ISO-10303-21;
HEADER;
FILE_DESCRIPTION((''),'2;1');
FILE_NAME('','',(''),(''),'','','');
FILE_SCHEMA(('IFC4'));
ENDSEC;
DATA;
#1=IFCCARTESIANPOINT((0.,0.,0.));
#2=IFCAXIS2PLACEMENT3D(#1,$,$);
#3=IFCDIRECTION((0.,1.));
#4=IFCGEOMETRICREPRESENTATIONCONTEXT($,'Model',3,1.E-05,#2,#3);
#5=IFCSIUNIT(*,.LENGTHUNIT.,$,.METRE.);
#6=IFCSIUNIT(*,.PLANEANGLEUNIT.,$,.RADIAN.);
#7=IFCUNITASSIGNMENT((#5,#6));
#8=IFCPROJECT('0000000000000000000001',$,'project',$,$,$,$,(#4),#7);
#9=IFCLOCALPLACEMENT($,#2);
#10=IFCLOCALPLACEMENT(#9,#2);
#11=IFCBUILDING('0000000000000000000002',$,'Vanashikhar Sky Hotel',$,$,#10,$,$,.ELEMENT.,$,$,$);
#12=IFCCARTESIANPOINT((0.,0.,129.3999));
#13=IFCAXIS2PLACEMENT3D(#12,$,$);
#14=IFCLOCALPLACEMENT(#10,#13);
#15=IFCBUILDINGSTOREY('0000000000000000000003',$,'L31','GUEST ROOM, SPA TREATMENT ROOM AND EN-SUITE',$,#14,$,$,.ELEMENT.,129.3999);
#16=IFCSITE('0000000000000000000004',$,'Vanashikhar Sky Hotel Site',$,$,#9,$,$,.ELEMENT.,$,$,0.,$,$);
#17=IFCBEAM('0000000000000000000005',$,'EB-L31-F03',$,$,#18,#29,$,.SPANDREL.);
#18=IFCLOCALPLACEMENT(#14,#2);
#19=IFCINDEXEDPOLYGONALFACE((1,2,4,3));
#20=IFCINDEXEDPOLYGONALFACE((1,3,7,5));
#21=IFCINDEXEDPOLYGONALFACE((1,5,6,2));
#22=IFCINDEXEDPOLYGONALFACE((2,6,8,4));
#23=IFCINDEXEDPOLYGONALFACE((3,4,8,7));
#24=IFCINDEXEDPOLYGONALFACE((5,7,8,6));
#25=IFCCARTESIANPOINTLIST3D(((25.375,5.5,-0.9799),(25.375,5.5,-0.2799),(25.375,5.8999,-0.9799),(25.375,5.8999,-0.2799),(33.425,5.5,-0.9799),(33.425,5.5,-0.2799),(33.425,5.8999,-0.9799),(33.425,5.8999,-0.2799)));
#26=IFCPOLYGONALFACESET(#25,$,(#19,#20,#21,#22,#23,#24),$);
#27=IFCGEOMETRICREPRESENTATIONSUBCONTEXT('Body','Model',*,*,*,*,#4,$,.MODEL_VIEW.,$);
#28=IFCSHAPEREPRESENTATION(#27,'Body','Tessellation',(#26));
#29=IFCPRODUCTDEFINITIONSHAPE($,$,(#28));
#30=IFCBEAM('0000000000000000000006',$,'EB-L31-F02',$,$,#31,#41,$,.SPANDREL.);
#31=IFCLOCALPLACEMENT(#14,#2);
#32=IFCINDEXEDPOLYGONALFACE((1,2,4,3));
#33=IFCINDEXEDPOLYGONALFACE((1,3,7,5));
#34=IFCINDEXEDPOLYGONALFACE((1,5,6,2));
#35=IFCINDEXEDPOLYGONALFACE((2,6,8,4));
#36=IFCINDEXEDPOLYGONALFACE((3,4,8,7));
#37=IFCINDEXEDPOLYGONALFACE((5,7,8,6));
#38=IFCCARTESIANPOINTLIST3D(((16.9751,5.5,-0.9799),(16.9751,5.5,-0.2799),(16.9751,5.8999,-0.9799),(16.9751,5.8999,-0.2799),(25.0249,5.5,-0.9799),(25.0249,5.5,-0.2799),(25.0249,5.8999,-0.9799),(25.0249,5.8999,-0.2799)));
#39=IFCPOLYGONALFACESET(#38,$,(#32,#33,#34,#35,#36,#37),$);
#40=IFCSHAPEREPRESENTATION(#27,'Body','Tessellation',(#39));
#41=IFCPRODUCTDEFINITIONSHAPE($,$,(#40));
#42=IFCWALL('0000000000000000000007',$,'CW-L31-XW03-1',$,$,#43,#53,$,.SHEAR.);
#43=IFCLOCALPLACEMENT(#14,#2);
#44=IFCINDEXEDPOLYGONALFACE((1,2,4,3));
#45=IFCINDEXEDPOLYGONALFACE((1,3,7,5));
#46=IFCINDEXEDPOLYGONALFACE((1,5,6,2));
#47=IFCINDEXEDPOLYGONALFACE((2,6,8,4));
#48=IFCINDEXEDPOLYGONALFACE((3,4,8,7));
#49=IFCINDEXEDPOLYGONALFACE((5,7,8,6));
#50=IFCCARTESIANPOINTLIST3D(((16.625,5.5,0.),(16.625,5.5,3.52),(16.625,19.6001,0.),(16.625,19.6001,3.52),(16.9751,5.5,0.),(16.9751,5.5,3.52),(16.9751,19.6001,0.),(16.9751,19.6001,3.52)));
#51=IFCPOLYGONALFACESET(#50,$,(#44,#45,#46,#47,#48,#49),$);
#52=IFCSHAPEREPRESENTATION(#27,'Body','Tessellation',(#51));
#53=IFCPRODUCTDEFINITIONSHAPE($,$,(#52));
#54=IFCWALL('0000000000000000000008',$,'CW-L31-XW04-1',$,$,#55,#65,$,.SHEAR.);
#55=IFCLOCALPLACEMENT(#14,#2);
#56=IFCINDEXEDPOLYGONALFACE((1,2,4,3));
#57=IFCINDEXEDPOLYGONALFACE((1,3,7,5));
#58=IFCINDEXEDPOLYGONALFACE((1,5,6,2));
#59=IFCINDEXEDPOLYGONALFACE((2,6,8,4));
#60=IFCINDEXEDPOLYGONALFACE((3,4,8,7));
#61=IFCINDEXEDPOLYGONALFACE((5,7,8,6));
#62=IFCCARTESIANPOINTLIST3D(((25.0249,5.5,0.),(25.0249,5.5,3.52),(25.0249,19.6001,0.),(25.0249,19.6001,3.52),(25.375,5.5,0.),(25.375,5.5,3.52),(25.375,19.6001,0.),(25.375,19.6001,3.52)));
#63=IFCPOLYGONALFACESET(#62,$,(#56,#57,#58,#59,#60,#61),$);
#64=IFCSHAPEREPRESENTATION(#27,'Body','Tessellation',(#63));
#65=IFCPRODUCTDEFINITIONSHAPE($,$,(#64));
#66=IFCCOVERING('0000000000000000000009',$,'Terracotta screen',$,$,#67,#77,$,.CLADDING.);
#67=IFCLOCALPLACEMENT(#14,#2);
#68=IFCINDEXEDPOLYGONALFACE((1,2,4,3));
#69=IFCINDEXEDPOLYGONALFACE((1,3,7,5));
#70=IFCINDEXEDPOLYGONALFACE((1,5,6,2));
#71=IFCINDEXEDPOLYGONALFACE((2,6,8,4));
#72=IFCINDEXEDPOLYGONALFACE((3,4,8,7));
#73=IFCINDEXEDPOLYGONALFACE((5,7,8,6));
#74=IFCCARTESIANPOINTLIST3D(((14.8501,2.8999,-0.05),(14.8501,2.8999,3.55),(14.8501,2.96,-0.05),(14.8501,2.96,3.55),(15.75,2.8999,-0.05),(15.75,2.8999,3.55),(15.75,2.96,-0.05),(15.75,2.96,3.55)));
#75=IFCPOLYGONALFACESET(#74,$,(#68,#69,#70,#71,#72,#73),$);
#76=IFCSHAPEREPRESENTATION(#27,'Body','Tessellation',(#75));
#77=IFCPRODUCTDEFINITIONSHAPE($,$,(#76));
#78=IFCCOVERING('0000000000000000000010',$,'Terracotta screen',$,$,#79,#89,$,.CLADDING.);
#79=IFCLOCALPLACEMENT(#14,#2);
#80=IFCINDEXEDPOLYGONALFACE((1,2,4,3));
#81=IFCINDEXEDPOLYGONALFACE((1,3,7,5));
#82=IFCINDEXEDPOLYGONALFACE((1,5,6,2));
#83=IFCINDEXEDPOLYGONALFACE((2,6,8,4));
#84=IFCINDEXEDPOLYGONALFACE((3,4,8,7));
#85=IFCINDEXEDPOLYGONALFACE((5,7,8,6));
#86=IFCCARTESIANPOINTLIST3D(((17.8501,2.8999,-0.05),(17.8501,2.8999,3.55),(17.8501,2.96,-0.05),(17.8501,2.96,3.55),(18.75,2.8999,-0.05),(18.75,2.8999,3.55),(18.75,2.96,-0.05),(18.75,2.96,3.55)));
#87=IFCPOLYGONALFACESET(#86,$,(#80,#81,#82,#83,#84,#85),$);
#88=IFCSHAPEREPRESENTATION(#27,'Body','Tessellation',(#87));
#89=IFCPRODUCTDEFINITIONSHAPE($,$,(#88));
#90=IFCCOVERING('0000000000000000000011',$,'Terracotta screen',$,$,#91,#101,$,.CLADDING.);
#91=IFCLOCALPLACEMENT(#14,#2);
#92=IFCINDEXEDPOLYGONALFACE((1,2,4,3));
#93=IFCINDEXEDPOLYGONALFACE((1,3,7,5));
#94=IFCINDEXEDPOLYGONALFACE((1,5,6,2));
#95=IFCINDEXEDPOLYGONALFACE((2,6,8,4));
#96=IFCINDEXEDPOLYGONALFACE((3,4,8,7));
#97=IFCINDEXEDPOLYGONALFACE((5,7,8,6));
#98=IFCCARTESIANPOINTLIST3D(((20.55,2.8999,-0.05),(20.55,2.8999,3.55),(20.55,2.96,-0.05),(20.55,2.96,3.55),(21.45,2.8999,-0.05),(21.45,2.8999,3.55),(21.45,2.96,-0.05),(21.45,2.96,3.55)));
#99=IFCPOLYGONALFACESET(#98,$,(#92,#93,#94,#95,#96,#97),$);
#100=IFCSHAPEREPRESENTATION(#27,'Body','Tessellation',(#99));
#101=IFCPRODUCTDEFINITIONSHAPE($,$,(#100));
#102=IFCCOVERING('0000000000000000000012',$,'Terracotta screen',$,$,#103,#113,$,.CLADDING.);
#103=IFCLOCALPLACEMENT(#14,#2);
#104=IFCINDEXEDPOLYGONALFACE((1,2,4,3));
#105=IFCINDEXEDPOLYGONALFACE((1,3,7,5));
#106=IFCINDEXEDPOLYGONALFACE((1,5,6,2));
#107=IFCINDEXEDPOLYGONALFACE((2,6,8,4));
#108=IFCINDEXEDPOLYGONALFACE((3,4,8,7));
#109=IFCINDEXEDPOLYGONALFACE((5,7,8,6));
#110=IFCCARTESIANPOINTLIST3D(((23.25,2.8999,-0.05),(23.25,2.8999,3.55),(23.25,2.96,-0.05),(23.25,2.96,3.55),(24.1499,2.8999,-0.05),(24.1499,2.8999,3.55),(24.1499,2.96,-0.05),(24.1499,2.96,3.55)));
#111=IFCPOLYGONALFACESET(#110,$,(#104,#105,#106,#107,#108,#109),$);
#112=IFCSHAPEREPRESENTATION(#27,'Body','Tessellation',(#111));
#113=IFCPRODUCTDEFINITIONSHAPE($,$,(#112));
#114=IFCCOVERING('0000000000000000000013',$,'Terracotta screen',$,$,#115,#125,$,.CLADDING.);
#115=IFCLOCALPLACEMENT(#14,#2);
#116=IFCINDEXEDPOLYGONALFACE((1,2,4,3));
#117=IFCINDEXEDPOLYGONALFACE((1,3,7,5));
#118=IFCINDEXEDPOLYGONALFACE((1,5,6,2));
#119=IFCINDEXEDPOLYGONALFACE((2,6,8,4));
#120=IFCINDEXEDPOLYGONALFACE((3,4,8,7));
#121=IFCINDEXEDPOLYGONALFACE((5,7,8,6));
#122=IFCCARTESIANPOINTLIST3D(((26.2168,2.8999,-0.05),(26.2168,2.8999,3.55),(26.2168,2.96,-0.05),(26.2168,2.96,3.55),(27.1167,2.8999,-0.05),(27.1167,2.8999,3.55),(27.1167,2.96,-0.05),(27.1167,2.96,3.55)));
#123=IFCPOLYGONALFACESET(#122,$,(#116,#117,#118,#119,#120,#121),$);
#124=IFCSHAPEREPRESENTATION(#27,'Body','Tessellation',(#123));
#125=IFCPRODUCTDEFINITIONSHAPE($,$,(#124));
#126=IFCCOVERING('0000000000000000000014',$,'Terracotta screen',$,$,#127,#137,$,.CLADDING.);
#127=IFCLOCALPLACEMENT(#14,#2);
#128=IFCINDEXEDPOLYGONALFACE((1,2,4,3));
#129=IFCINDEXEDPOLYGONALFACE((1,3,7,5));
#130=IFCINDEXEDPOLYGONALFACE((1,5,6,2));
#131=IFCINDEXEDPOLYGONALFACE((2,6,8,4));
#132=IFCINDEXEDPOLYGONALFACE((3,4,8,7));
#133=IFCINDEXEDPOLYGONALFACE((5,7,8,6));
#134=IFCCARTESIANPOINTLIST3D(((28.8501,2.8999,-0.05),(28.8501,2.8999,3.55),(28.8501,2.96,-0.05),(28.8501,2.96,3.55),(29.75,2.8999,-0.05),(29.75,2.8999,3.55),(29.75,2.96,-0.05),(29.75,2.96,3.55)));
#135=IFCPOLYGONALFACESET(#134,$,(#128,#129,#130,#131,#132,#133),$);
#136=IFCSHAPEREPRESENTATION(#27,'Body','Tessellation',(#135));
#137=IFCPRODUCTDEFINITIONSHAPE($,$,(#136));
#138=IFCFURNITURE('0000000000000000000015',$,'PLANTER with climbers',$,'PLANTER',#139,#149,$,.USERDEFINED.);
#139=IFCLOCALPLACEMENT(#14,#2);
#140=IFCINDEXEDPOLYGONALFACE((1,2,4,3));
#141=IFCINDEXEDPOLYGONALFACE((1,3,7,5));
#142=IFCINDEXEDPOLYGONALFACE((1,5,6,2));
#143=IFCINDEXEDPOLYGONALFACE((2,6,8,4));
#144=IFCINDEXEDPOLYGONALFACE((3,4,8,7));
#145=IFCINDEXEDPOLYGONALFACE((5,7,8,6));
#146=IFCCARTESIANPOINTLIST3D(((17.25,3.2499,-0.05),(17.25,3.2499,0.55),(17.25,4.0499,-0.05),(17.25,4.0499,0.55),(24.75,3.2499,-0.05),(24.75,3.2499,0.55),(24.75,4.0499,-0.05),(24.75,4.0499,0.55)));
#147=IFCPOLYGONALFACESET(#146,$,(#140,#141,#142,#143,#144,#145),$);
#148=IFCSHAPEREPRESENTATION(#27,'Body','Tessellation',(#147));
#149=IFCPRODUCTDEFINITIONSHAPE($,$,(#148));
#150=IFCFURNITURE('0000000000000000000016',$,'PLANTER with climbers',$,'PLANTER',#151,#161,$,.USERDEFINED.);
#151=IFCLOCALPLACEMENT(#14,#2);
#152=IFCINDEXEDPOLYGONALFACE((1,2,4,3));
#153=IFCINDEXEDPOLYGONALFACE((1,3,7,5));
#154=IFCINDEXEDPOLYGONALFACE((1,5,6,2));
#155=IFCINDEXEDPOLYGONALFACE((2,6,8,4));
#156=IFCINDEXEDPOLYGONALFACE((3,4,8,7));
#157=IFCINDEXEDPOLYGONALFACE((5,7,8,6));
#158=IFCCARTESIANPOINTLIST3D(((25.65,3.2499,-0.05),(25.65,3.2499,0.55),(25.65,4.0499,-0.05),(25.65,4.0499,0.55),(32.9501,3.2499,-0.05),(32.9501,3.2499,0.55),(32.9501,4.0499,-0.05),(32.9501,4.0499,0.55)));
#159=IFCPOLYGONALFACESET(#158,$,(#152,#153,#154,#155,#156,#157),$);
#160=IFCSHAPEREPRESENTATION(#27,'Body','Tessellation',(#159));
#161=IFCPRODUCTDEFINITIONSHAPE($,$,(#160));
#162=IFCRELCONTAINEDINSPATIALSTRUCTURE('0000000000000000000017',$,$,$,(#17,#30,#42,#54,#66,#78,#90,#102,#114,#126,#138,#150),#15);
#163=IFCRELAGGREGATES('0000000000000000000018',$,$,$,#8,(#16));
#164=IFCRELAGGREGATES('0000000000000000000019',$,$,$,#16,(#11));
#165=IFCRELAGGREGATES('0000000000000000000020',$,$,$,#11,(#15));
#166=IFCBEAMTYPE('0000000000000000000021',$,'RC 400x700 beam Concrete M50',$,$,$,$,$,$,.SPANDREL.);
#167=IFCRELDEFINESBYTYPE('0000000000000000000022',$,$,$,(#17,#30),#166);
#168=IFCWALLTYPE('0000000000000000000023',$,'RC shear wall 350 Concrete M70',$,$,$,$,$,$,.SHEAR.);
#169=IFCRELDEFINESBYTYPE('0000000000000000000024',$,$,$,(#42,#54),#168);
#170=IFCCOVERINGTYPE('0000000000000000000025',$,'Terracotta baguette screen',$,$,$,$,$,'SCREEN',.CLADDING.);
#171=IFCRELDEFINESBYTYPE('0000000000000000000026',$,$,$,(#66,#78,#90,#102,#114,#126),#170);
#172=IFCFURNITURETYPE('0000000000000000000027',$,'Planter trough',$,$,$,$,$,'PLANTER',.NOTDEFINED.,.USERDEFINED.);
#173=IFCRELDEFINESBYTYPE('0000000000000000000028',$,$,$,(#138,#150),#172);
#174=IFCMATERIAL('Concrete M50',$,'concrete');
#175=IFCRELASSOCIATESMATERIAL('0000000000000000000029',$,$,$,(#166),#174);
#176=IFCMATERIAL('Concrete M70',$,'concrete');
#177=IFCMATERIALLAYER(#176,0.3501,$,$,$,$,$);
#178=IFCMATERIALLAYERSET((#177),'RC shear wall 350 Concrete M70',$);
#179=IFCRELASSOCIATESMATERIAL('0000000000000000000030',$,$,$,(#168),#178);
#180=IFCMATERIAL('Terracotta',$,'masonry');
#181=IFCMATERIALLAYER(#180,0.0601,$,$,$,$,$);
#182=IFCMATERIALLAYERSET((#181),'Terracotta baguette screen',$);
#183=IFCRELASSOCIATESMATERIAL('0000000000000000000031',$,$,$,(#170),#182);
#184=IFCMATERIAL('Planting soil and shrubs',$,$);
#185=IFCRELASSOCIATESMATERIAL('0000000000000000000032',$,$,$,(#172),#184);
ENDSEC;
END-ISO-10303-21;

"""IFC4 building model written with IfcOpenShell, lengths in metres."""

from ifc_helpers import new_model, si_unit, direction, frame, frame_2d, origin, origin_2d, place, context, subcontext, project, spatial, rectangle, extrude, source, transform, mapped, material, layer, layer_set, material_profile, profile_set, type_object, element, save


model = new_model("IFC4")

# Units and contexts
model_context = context("Model", 3, precision=1e-05, world=origin(), true_north=direction((0.0, 1.0)))
body_context = subcontext(model_context, "Body", "Model", "MODEL_VIEW")
ifc_project = project(units=[si_unit("LENGTHUNIT", "METRE"), si_unit("PLANEANGLEUNIT", "RADIAN")], contexts=[model_context])

# Site, building, storey
site_placement = place(None, origin())
site = spatial("IfcSite", under=ifc_project, at=site_placement, Name="Vanashikhar Sky Hotel Site", CompositionType="ELEMENT", RefElevation=0.0)
building_placement = place(site_placement, origin())
building = spatial("IfcBuilding", under=site, at=building_placement, Name="Vanashikhar Sky Hotel", CompositionType="ELEMENT")
storey_placement = place(building_placement, frame((0.0, 0.0, 129.3999)))
storey = spatial("IfcBuildingStorey", under=building, at=storey_placement, Name="L31", Description="GUEST ROOM, SPA TREATMENT ROOM AND EN-SUITE", CompositionType="ELEMENT", Elevation=129.3999)

# Beams
ifc_material_1 = material(Name="Concrete M50", Category="concrete")
ifc_material_profile = material_profile(ifc_material_1, rectangle(XDim=0.3999, YDim=0.7, at=origin_2d()))
ifc_profile_set = profile_set([ifc_material_profile], Name="RC 400x700 beam Concrete M50")
beam_type = type_object("IfcBeamType", Name="RC 400x700 beam Concrete M50", PredefinedType="SPANDREL", material=ifc_profile_set)
shared_shape_1 = source(origin(), body_context, "Body", "SweptSolid", [
    extrude(rectangle(XDim=0.3999, YDim=0.7, at=origin_2d()), origin(), (0.0, 0.0, 1.0), 8.05),
])
beam_1_placement = place(storey_placement, frame((25.375, 5.7, -0.6299), z_axis=(1.0, 0.0, 0.0), x_axis=(0.0, 1.0, 0.0)))
element("IfcBeam", 1, at=beam_1_placement, inside=storey, type_object=beam_type, Name="EB-L31-F03", PredefinedType="SPANDREL", context=body_context, shape_type="MappedRepresentation", body=[
    mapped(shared_shape_1, transform((0.0, 0.0, 0.0), scale=1.0)),
])
shared_shape_2 = source(origin(), body_context, "Body", "SweptSolid", [
    extrude(rectangle(XDim=0.3999, YDim=0.7, at=origin_2d()), origin(), (0.0, 0.0, 1.0), 8.0498),
])
beam_2_placement = place(storey_placement, frame((16.9751, 5.7, -0.6299), z_axis=(1.0, 0.0, 0.0), x_axis=(0.0, 1.0, 0.0)))
element("IfcBeam", 2, at=beam_2_placement, inside=storey, type_object=beam_type, Name="EB-L31-F02", PredefinedType="SPANDREL", context=body_context, shape_type="MappedRepresentation", body=[
    mapped(shared_shape_2, transform((0.0, 0.0, 0.0), scale=1.0)),
])

# Walls
ifc_material_2 = material(Name="Concrete M70", Category="concrete")
ifc_layer_1 = layer(ifc_material_2, 0.3501)
ifc_layer_set_1 = layer_set([ifc_layer_1], Name="RC shear wall 350 Concrete M70")
wall_type = type_object("IfcWallType", Name="RC shear wall 350 Concrete M70", PredefinedType="SHEAR", material=ifc_layer_set_1)
shared_shape_3 = source(origin(), body_context, "Body", "SweptSolid", [
    extrude(rectangle(XDim=14.1001, YDim=0.3501, at=frame_2d((7.05, 0.0))), origin(), (0.0, 0.0, 1.0), 3.52),
])
for number, where, z_axis, x_axis, name in (
    (3, (16.8, 5.5, 0.0), (0.0, 0.0, 1.0), (0.0, 1.0, 0.0), "CW-L31-XW03-1"),
    (4, (25.2, 5.5, 0.0), (0.0, 0.0, 1.0), (0.0, 1.0, 0.0), "CW-L31-XW04-1"),
):
    element("IfcWall", number, at=place(storey_placement, frame(where, z_axis=z_axis, x_axis=x_axis)), inside=storey, type_object=wall_type, Name=name, PredefinedType="SHEAR", context=body_context, shape_type="MappedRepresentation", body=[
        mapped(shared_shape_3, transform((0.0, 0.0, 0.0), scale=1.0)),
    ])

# Coverings
ifc_material_3 = material(Name="Terracotta", Category="masonry")
ifc_layer_2 = layer(ifc_material_3, 0.0601)
ifc_layer_set_2 = layer_set([ifc_layer_2], Name="Terracotta baguette screen")
covering_type = type_object("IfcCoveringType", Name="Terracotta baguette screen", ElementType="SCREEN", PredefinedType="CLADDING", material=ifc_layer_set_2)
shared_shape_4 = source(origin(), body_context, "Body", "SweptSolid", [
    extrude(rectangle(XDim=0.8999, YDim=0.0601, at=origin_2d()), origin(), (0.0, 0.0, 1.0), 3.6001),
])
for number, where, z_axis, x_axis, name in (
    (5, (15.3, 2.9299, -0.05), (0.0, 0.0, 1.0), (1.0, 0.0, 0.0), "Terracotta screen"),
    (6, (18.3, 2.9299, -0.05), (0.0, 0.0, 1.0), (1.0, 0.0, 0.0), "Terracotta screen"),
    (7, (21.0, 2.9299, -0.05), (0.0, 0.0, 1.0), (1.0, 0.0, 0.0), "Terracotta screen"),
    (8, (23.7, 2.9299, -0.05), (0.0, 0.0, 1.0), (1.0, 0.0, 0.0), "Terracotta screen"),
    (9, (26.6667, 2.9299, -0.05), (0.0, 0.0, 1.0), (1.0, 0.0, 0.0), "Terracotta screen"),
    (10, (29.3, 2.9299, -0.05), (0.0, 0.0, 1.0), (1.0, 0.0, 0.0), "Terracotta screen"),
):
    element("IfcCovering", number, at=place(storey_placement, frame(where, z_axis=z_axis, x_axis=x_axis)), inside=storey, type_object=covering_type, Name=name, PredefinedType="CLADDING", context=body_context, shape_type="MappedRepresentation", body=[
        mapped(shared_shape_4, transform((0.0, 0.0, 0.0), scale=1.0)),
    ])

# Furniture
ifc_material_4 = material(Name="Planting soil and shrubs")
furniture_type = type_object("IfcFurnitureType", Name="Planter trough", ElementType="PLANTER", AssemblyPlace="NOTDEFINED", PredefinedType="USERDEFINED", material=ifc_material_4)
shared_shape_5 = source(origin(), body_context, "Body", "SweptSolid", [
    extrude(rectangle(XDim=7.5, YDim=0.8, at=origin_2d()), origin(), (0.0, 0.0, 1.0), 0.6001),
])
furniture_1_placement = place(storey_placement, frame((21.0, 3.6499, -0.05), z_axis=(0.0, 0.0, 1.0), x_axis=(1.0, 0.0, 0.0)))
element("IfcFurniture", 11, at=furniture_1_placement, inside=storey, type_object=furniture_type, Name="PLANTER with climbers", ObjectType="PLANTER", PredefinedType="USERDEFINED", context=body_context, shape_type="MappedRepresentation", body=[
    mapped(shared_shape_5, transform((0.0, 0.0, 0.0), scale=1.0)),
])
shared_shape_6 = source(origin(), body_context, "Body", "SweptSolid", [
    extrude(rectangle(XDim=7.3, YDim=0.8, at=origin_2d()), origin(), (0.0, 0.0, 1.0), 0.6001),
])
furniture_2_placement = place(storey_placement, frame((29.3, 3.6499, -0.05), z_axis=(0.0, 0.0, 1.0), x_axis=(1.0, 0.0, 0.0)))
element("IfcFurniture", 12, at=furniture_2_placement, inside=storey, type_object=furniture_type, Name="PLANTER with climbers", ObjectType="PLANTER", PredefinedType="USERDEFINED", context=body_context, shape_type="MappedRepresentation", body=[
    mapped(shared_shape_6, transform((0.0, 0.0, 0.0), scale=1.0)),
])

save(model, "model.ifc")
